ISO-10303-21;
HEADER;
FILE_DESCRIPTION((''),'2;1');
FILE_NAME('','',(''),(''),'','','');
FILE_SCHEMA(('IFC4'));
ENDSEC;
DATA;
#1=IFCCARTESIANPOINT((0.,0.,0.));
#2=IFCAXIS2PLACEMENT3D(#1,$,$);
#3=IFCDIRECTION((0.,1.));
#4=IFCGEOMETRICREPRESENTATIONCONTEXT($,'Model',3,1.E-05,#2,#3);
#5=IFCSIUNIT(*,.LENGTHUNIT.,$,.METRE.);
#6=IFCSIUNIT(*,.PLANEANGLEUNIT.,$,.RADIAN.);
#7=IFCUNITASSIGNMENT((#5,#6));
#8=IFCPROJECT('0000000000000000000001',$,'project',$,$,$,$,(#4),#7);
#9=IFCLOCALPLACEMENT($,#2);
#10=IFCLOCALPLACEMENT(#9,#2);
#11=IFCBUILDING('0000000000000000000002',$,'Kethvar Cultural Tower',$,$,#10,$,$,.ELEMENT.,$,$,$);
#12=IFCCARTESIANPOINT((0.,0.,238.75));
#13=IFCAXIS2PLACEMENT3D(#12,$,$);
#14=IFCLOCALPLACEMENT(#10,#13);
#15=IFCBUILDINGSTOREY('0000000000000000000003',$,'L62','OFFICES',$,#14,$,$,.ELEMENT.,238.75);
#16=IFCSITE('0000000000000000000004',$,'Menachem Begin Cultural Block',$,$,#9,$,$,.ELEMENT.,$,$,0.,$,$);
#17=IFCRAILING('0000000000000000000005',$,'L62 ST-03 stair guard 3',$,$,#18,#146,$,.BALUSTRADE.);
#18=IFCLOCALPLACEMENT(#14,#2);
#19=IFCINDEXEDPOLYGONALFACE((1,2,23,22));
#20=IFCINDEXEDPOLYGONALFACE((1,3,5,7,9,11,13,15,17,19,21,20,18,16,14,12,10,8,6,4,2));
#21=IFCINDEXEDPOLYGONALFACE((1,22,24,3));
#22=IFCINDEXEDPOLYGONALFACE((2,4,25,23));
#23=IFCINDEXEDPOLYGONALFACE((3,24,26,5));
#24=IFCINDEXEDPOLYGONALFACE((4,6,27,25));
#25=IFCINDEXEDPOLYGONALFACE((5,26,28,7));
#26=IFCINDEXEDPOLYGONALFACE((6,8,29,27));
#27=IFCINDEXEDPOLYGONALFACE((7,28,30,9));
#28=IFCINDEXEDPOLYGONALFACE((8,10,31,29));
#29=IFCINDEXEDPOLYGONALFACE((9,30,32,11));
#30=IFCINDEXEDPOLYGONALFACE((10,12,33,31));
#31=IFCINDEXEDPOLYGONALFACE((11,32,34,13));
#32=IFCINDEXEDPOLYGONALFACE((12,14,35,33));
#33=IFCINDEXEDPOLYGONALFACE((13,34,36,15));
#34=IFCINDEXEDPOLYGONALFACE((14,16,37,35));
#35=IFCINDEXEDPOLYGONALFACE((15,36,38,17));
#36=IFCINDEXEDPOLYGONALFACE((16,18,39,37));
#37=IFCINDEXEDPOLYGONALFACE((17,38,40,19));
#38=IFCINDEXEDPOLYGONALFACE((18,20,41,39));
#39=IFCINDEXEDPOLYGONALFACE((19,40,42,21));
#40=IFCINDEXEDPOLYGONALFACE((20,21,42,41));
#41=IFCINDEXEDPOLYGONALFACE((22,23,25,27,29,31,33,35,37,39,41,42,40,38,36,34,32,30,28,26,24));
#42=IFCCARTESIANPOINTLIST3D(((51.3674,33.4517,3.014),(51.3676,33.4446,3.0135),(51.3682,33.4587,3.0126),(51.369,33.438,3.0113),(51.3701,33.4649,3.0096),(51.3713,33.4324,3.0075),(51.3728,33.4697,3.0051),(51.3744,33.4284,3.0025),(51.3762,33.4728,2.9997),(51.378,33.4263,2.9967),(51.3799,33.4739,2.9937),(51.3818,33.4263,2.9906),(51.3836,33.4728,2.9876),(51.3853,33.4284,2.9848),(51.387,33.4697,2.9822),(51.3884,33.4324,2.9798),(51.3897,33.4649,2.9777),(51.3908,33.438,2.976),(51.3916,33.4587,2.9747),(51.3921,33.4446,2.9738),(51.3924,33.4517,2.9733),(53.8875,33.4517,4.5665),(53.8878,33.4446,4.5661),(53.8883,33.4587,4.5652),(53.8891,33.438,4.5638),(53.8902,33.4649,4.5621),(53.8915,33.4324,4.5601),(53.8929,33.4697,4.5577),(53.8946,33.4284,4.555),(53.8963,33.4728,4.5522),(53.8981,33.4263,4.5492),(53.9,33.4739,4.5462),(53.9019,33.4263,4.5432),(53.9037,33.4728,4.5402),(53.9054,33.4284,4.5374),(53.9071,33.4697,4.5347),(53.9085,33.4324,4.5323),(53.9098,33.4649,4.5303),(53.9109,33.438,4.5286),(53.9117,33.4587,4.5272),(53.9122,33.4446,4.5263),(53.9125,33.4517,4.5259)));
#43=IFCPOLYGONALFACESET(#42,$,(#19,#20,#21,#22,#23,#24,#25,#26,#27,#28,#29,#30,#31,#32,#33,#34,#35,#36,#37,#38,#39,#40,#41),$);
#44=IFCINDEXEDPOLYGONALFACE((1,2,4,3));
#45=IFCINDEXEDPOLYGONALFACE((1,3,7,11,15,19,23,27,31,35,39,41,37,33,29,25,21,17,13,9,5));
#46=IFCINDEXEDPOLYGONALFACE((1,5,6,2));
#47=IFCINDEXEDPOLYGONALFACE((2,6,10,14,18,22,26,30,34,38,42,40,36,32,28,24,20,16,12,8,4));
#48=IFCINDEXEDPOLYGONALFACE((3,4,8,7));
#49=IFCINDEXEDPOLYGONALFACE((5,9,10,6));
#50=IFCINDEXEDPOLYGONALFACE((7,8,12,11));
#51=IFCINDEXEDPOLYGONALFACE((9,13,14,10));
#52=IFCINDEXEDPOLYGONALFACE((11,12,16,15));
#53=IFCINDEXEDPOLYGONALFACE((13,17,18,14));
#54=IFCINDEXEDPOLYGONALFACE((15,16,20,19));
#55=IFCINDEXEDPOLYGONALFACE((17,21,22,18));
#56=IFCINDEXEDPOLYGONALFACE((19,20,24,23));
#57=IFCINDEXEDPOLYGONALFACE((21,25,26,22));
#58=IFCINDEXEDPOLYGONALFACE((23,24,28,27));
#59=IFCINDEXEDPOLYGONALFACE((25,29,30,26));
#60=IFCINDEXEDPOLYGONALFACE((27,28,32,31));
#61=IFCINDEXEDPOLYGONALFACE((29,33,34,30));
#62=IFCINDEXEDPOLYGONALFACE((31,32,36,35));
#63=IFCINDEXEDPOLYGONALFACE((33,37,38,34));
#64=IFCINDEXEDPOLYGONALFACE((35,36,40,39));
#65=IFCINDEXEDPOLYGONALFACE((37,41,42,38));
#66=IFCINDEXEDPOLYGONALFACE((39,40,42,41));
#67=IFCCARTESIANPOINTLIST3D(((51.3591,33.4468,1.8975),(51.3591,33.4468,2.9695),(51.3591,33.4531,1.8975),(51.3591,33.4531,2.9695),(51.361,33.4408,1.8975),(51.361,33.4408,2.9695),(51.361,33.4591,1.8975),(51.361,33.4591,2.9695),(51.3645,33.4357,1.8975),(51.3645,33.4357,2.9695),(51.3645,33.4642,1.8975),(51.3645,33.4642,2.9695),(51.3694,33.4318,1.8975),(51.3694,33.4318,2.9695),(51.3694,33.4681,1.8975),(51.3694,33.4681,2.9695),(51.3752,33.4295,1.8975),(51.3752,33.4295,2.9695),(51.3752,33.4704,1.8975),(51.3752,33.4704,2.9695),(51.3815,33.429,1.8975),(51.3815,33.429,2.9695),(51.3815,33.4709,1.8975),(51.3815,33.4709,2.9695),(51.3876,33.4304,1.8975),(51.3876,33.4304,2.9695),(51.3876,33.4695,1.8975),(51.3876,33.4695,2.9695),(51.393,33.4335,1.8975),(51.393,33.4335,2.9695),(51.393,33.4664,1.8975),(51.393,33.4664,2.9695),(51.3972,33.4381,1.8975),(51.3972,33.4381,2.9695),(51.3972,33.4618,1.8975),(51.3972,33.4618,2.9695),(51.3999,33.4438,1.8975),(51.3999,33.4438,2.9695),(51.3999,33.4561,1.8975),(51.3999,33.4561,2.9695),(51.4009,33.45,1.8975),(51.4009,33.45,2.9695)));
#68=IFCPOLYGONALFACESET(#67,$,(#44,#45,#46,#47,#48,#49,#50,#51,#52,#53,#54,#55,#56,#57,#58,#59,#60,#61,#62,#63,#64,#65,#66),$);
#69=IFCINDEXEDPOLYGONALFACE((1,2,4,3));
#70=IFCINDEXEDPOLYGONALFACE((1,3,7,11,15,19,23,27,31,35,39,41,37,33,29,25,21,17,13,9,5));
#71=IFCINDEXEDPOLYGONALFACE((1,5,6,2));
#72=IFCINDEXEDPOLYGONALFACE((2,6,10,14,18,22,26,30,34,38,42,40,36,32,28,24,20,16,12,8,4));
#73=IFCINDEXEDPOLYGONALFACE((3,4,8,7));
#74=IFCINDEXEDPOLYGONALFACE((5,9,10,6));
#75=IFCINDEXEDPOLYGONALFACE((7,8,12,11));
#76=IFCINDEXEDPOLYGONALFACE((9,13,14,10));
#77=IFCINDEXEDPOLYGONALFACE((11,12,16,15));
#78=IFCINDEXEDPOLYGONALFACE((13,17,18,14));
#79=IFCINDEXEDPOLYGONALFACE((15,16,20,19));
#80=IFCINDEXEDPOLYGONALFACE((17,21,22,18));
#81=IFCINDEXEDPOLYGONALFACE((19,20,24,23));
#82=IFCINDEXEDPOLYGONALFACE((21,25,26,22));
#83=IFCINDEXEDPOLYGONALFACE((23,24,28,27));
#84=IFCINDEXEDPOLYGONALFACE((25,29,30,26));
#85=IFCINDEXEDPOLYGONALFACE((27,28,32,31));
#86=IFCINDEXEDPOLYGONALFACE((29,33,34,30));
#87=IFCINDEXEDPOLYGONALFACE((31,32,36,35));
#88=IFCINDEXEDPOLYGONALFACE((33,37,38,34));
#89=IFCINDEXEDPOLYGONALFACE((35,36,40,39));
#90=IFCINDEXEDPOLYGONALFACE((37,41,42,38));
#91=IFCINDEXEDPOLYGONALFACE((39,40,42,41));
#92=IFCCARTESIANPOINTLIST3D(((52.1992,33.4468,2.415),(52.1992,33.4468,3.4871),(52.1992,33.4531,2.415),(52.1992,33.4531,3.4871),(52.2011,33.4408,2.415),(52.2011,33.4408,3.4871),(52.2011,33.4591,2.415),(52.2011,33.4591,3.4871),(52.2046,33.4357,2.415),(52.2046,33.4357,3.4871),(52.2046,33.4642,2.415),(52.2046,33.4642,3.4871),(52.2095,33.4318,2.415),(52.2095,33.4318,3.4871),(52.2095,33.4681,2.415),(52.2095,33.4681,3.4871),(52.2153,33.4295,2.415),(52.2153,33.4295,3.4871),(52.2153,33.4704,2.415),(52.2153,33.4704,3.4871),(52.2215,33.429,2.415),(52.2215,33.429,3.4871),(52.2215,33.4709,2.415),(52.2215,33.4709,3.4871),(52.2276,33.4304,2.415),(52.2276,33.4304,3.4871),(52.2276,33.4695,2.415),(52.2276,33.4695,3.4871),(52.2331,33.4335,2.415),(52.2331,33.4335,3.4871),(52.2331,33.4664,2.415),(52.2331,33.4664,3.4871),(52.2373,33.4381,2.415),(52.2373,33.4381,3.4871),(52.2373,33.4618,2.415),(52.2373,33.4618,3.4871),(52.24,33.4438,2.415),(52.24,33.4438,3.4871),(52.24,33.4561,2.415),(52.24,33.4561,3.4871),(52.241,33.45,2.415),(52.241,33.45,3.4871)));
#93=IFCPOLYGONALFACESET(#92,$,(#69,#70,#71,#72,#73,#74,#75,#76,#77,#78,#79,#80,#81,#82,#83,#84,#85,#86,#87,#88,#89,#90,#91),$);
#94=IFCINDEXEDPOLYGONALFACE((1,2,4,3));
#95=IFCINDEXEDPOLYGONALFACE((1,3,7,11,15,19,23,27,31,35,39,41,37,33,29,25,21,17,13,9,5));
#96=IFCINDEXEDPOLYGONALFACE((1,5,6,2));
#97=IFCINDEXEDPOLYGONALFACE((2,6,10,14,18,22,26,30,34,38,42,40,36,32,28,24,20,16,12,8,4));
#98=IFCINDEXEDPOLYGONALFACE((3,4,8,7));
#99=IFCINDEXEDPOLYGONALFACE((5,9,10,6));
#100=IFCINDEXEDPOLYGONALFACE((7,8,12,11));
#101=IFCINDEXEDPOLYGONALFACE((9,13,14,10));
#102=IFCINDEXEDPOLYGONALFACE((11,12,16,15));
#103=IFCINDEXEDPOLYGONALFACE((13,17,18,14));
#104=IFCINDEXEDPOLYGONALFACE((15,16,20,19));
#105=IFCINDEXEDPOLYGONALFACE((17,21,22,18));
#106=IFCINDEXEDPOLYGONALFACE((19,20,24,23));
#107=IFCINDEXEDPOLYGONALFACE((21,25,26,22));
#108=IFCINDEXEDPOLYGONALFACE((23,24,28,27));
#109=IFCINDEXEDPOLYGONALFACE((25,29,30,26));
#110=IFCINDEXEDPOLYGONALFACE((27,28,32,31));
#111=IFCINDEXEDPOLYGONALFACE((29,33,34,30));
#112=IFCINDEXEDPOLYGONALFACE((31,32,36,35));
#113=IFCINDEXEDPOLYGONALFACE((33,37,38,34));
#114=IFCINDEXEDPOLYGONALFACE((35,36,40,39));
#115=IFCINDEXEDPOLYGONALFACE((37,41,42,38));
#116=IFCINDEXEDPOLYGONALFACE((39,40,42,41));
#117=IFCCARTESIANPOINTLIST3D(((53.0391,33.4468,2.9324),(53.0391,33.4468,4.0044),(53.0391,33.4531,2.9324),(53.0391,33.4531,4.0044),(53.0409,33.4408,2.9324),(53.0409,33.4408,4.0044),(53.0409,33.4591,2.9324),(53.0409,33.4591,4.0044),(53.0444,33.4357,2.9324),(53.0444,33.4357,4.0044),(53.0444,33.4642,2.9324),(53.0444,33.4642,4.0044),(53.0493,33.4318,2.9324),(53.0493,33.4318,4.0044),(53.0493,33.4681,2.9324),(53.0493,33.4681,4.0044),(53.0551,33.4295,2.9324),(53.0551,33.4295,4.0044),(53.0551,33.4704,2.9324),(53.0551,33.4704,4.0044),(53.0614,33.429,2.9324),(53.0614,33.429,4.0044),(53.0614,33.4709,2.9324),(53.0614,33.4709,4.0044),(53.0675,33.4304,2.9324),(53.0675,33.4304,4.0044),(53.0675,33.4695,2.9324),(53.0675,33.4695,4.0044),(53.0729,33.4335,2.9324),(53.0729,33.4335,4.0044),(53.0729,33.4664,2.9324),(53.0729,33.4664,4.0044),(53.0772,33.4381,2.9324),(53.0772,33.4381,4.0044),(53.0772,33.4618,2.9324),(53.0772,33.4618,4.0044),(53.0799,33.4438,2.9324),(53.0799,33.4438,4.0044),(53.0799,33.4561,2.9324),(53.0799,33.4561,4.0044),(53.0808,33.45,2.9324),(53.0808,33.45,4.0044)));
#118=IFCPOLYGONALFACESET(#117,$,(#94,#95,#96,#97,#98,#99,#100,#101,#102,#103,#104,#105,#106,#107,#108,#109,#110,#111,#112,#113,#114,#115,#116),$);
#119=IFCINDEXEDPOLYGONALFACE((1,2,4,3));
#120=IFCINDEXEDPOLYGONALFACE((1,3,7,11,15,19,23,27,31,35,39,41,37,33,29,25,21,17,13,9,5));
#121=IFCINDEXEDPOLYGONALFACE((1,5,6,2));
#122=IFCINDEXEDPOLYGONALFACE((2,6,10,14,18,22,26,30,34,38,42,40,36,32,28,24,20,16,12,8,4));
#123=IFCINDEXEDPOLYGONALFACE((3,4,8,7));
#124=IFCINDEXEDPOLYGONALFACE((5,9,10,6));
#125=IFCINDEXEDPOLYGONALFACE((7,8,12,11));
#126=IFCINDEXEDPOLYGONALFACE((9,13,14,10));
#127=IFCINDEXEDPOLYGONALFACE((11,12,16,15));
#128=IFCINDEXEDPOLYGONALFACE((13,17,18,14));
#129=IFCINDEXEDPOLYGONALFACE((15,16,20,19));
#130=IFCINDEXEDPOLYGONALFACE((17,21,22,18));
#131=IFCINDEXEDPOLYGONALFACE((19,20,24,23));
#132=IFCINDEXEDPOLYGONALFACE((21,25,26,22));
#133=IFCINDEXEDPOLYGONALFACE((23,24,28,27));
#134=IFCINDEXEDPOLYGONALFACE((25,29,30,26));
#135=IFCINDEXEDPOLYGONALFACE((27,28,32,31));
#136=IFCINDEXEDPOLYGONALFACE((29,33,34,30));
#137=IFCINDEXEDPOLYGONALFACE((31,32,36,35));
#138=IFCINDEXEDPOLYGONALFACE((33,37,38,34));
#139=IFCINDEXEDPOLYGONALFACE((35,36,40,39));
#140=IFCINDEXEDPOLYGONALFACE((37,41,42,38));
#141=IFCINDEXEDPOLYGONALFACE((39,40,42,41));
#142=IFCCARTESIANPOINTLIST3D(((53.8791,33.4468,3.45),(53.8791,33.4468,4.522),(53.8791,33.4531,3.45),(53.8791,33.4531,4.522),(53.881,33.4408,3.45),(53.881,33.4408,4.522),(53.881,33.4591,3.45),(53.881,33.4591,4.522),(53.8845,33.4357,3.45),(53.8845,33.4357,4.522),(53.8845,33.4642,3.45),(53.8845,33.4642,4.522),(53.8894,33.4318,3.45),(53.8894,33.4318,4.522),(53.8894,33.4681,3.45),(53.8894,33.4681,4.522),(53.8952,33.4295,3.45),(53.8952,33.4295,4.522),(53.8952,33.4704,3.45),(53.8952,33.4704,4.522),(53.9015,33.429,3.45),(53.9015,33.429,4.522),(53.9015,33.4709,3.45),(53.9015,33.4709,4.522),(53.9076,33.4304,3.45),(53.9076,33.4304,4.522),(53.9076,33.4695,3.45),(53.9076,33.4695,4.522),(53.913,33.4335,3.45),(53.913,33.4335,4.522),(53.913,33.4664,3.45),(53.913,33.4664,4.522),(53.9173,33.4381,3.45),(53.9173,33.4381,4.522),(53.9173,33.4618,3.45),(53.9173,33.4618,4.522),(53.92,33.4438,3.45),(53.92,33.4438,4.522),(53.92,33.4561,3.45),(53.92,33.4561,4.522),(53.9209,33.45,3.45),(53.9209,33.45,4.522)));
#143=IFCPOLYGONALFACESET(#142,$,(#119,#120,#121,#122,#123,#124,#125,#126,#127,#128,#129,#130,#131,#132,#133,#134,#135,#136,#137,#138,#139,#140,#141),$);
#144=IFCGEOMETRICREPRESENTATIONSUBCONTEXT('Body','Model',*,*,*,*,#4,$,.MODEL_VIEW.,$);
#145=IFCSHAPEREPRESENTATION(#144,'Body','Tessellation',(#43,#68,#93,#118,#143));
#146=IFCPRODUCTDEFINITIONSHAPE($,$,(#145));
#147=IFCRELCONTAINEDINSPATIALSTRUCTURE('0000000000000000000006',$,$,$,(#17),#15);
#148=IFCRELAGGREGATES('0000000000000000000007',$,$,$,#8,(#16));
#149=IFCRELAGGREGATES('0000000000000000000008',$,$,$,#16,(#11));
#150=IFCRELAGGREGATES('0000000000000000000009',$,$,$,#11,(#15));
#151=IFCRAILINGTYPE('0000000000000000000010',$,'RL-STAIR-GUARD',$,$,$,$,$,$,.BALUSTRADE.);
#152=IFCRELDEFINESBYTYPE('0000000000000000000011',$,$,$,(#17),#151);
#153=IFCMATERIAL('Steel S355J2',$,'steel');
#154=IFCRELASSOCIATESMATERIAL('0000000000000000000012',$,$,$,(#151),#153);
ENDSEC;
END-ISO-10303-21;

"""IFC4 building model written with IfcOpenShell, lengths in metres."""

from ifc_helpers import new_model, si_unit, direction, frame, origin, origin_2d, place, context, subcontext, project, spatial, circle, extrude, material, type_object, element, save


model = new_model("IFC4")

# Units and contexts
model_context = context("Model", 3, precision=1e-05, world=origin(), true_north=direction((0.0, 1.0)))
body_context = subcontext(model_context, "Body", "Model", "MODEL_VIEW")
ifc_project = project(units=[si_unit("LENGTHUNIT", "METRE"), si_unit("PLANEANGLEUNIT", "RADIAN")], contexts=[model_context])

# Site, building, storey
site_placement = place(None, origin())
site = spatial("IfcSite", under=ifc_project, at=site_placement, Name="Menachem Begin Cultural Block", CompositionType="ELEMENT", RefElevation=0.0)
building_placement = place(site_placement, origin())
building = spatial("IfcBuilding", under=site, at=building_placement, Name="Kethvar Cultural Tower", CompositionType="ELEMENT")
storey_placement = place(building_placement, frame((0.0, 0.0, 238.75)))
storey = spatial("IfcBuildingStorey", under=building, at=storey_placement, Name="L62", Description="OFFICES", CompositionType="ELEMENT", Elevation=238.75)

# Shared definitions
ifc_material_1 = material(Name="Steel S355J2", Category="steel")

# Railing
railing_type_1 = type_object("IfcRailingType", Name="RL-STAIR-GUARD", PredefinedType="BALUSTRADE", material=ifc_material_1)
railing_1_placement = place(storey_placement, frame((51.3799, 33.45, 1.8975)))
element("IfcRailing", 1, at=railing_1_placement, inside=storey, type_object=railing_type_1, Name="L62 ST-03 stair guard 3", PredefinedType="BALUSTRADE", context=body_context, shape_type="SweptSolid", body=[
    extrude(circle(Radius=0.0239, at=origin_2d()), frame((0.0, 0.0, 1.0962), z_axis=(0.8514, 0.0, 0.524516), x_axis=(0.0, 1.0, 0.0)), (0.0, 0.0, 1.0), 2.96),
    extrude(circle(Radius=0.021, at=origin_2d()), origin(), (0.0, 0.0, 1.0), 1.072),
    extrude(circle(Radius=0.021, at=origin_2d()), frame((0.8401, 0.0, 0.5176)), (0.0, 0.0, 1.0), 1.072),
    extrude(circle(Radius=0.021, at=origin_2d()), frame((1.6799, 0.0, 1.0349)), (0.0, 0.0, 1.0), 1.072),
    extrude(circle(Radius=0.021, at=origin_2d()), frame((2.52, 0.0, 1.5525)), (0.0, 0.0, 1.0), 1.072),
])

save(model, "model.ifc")
